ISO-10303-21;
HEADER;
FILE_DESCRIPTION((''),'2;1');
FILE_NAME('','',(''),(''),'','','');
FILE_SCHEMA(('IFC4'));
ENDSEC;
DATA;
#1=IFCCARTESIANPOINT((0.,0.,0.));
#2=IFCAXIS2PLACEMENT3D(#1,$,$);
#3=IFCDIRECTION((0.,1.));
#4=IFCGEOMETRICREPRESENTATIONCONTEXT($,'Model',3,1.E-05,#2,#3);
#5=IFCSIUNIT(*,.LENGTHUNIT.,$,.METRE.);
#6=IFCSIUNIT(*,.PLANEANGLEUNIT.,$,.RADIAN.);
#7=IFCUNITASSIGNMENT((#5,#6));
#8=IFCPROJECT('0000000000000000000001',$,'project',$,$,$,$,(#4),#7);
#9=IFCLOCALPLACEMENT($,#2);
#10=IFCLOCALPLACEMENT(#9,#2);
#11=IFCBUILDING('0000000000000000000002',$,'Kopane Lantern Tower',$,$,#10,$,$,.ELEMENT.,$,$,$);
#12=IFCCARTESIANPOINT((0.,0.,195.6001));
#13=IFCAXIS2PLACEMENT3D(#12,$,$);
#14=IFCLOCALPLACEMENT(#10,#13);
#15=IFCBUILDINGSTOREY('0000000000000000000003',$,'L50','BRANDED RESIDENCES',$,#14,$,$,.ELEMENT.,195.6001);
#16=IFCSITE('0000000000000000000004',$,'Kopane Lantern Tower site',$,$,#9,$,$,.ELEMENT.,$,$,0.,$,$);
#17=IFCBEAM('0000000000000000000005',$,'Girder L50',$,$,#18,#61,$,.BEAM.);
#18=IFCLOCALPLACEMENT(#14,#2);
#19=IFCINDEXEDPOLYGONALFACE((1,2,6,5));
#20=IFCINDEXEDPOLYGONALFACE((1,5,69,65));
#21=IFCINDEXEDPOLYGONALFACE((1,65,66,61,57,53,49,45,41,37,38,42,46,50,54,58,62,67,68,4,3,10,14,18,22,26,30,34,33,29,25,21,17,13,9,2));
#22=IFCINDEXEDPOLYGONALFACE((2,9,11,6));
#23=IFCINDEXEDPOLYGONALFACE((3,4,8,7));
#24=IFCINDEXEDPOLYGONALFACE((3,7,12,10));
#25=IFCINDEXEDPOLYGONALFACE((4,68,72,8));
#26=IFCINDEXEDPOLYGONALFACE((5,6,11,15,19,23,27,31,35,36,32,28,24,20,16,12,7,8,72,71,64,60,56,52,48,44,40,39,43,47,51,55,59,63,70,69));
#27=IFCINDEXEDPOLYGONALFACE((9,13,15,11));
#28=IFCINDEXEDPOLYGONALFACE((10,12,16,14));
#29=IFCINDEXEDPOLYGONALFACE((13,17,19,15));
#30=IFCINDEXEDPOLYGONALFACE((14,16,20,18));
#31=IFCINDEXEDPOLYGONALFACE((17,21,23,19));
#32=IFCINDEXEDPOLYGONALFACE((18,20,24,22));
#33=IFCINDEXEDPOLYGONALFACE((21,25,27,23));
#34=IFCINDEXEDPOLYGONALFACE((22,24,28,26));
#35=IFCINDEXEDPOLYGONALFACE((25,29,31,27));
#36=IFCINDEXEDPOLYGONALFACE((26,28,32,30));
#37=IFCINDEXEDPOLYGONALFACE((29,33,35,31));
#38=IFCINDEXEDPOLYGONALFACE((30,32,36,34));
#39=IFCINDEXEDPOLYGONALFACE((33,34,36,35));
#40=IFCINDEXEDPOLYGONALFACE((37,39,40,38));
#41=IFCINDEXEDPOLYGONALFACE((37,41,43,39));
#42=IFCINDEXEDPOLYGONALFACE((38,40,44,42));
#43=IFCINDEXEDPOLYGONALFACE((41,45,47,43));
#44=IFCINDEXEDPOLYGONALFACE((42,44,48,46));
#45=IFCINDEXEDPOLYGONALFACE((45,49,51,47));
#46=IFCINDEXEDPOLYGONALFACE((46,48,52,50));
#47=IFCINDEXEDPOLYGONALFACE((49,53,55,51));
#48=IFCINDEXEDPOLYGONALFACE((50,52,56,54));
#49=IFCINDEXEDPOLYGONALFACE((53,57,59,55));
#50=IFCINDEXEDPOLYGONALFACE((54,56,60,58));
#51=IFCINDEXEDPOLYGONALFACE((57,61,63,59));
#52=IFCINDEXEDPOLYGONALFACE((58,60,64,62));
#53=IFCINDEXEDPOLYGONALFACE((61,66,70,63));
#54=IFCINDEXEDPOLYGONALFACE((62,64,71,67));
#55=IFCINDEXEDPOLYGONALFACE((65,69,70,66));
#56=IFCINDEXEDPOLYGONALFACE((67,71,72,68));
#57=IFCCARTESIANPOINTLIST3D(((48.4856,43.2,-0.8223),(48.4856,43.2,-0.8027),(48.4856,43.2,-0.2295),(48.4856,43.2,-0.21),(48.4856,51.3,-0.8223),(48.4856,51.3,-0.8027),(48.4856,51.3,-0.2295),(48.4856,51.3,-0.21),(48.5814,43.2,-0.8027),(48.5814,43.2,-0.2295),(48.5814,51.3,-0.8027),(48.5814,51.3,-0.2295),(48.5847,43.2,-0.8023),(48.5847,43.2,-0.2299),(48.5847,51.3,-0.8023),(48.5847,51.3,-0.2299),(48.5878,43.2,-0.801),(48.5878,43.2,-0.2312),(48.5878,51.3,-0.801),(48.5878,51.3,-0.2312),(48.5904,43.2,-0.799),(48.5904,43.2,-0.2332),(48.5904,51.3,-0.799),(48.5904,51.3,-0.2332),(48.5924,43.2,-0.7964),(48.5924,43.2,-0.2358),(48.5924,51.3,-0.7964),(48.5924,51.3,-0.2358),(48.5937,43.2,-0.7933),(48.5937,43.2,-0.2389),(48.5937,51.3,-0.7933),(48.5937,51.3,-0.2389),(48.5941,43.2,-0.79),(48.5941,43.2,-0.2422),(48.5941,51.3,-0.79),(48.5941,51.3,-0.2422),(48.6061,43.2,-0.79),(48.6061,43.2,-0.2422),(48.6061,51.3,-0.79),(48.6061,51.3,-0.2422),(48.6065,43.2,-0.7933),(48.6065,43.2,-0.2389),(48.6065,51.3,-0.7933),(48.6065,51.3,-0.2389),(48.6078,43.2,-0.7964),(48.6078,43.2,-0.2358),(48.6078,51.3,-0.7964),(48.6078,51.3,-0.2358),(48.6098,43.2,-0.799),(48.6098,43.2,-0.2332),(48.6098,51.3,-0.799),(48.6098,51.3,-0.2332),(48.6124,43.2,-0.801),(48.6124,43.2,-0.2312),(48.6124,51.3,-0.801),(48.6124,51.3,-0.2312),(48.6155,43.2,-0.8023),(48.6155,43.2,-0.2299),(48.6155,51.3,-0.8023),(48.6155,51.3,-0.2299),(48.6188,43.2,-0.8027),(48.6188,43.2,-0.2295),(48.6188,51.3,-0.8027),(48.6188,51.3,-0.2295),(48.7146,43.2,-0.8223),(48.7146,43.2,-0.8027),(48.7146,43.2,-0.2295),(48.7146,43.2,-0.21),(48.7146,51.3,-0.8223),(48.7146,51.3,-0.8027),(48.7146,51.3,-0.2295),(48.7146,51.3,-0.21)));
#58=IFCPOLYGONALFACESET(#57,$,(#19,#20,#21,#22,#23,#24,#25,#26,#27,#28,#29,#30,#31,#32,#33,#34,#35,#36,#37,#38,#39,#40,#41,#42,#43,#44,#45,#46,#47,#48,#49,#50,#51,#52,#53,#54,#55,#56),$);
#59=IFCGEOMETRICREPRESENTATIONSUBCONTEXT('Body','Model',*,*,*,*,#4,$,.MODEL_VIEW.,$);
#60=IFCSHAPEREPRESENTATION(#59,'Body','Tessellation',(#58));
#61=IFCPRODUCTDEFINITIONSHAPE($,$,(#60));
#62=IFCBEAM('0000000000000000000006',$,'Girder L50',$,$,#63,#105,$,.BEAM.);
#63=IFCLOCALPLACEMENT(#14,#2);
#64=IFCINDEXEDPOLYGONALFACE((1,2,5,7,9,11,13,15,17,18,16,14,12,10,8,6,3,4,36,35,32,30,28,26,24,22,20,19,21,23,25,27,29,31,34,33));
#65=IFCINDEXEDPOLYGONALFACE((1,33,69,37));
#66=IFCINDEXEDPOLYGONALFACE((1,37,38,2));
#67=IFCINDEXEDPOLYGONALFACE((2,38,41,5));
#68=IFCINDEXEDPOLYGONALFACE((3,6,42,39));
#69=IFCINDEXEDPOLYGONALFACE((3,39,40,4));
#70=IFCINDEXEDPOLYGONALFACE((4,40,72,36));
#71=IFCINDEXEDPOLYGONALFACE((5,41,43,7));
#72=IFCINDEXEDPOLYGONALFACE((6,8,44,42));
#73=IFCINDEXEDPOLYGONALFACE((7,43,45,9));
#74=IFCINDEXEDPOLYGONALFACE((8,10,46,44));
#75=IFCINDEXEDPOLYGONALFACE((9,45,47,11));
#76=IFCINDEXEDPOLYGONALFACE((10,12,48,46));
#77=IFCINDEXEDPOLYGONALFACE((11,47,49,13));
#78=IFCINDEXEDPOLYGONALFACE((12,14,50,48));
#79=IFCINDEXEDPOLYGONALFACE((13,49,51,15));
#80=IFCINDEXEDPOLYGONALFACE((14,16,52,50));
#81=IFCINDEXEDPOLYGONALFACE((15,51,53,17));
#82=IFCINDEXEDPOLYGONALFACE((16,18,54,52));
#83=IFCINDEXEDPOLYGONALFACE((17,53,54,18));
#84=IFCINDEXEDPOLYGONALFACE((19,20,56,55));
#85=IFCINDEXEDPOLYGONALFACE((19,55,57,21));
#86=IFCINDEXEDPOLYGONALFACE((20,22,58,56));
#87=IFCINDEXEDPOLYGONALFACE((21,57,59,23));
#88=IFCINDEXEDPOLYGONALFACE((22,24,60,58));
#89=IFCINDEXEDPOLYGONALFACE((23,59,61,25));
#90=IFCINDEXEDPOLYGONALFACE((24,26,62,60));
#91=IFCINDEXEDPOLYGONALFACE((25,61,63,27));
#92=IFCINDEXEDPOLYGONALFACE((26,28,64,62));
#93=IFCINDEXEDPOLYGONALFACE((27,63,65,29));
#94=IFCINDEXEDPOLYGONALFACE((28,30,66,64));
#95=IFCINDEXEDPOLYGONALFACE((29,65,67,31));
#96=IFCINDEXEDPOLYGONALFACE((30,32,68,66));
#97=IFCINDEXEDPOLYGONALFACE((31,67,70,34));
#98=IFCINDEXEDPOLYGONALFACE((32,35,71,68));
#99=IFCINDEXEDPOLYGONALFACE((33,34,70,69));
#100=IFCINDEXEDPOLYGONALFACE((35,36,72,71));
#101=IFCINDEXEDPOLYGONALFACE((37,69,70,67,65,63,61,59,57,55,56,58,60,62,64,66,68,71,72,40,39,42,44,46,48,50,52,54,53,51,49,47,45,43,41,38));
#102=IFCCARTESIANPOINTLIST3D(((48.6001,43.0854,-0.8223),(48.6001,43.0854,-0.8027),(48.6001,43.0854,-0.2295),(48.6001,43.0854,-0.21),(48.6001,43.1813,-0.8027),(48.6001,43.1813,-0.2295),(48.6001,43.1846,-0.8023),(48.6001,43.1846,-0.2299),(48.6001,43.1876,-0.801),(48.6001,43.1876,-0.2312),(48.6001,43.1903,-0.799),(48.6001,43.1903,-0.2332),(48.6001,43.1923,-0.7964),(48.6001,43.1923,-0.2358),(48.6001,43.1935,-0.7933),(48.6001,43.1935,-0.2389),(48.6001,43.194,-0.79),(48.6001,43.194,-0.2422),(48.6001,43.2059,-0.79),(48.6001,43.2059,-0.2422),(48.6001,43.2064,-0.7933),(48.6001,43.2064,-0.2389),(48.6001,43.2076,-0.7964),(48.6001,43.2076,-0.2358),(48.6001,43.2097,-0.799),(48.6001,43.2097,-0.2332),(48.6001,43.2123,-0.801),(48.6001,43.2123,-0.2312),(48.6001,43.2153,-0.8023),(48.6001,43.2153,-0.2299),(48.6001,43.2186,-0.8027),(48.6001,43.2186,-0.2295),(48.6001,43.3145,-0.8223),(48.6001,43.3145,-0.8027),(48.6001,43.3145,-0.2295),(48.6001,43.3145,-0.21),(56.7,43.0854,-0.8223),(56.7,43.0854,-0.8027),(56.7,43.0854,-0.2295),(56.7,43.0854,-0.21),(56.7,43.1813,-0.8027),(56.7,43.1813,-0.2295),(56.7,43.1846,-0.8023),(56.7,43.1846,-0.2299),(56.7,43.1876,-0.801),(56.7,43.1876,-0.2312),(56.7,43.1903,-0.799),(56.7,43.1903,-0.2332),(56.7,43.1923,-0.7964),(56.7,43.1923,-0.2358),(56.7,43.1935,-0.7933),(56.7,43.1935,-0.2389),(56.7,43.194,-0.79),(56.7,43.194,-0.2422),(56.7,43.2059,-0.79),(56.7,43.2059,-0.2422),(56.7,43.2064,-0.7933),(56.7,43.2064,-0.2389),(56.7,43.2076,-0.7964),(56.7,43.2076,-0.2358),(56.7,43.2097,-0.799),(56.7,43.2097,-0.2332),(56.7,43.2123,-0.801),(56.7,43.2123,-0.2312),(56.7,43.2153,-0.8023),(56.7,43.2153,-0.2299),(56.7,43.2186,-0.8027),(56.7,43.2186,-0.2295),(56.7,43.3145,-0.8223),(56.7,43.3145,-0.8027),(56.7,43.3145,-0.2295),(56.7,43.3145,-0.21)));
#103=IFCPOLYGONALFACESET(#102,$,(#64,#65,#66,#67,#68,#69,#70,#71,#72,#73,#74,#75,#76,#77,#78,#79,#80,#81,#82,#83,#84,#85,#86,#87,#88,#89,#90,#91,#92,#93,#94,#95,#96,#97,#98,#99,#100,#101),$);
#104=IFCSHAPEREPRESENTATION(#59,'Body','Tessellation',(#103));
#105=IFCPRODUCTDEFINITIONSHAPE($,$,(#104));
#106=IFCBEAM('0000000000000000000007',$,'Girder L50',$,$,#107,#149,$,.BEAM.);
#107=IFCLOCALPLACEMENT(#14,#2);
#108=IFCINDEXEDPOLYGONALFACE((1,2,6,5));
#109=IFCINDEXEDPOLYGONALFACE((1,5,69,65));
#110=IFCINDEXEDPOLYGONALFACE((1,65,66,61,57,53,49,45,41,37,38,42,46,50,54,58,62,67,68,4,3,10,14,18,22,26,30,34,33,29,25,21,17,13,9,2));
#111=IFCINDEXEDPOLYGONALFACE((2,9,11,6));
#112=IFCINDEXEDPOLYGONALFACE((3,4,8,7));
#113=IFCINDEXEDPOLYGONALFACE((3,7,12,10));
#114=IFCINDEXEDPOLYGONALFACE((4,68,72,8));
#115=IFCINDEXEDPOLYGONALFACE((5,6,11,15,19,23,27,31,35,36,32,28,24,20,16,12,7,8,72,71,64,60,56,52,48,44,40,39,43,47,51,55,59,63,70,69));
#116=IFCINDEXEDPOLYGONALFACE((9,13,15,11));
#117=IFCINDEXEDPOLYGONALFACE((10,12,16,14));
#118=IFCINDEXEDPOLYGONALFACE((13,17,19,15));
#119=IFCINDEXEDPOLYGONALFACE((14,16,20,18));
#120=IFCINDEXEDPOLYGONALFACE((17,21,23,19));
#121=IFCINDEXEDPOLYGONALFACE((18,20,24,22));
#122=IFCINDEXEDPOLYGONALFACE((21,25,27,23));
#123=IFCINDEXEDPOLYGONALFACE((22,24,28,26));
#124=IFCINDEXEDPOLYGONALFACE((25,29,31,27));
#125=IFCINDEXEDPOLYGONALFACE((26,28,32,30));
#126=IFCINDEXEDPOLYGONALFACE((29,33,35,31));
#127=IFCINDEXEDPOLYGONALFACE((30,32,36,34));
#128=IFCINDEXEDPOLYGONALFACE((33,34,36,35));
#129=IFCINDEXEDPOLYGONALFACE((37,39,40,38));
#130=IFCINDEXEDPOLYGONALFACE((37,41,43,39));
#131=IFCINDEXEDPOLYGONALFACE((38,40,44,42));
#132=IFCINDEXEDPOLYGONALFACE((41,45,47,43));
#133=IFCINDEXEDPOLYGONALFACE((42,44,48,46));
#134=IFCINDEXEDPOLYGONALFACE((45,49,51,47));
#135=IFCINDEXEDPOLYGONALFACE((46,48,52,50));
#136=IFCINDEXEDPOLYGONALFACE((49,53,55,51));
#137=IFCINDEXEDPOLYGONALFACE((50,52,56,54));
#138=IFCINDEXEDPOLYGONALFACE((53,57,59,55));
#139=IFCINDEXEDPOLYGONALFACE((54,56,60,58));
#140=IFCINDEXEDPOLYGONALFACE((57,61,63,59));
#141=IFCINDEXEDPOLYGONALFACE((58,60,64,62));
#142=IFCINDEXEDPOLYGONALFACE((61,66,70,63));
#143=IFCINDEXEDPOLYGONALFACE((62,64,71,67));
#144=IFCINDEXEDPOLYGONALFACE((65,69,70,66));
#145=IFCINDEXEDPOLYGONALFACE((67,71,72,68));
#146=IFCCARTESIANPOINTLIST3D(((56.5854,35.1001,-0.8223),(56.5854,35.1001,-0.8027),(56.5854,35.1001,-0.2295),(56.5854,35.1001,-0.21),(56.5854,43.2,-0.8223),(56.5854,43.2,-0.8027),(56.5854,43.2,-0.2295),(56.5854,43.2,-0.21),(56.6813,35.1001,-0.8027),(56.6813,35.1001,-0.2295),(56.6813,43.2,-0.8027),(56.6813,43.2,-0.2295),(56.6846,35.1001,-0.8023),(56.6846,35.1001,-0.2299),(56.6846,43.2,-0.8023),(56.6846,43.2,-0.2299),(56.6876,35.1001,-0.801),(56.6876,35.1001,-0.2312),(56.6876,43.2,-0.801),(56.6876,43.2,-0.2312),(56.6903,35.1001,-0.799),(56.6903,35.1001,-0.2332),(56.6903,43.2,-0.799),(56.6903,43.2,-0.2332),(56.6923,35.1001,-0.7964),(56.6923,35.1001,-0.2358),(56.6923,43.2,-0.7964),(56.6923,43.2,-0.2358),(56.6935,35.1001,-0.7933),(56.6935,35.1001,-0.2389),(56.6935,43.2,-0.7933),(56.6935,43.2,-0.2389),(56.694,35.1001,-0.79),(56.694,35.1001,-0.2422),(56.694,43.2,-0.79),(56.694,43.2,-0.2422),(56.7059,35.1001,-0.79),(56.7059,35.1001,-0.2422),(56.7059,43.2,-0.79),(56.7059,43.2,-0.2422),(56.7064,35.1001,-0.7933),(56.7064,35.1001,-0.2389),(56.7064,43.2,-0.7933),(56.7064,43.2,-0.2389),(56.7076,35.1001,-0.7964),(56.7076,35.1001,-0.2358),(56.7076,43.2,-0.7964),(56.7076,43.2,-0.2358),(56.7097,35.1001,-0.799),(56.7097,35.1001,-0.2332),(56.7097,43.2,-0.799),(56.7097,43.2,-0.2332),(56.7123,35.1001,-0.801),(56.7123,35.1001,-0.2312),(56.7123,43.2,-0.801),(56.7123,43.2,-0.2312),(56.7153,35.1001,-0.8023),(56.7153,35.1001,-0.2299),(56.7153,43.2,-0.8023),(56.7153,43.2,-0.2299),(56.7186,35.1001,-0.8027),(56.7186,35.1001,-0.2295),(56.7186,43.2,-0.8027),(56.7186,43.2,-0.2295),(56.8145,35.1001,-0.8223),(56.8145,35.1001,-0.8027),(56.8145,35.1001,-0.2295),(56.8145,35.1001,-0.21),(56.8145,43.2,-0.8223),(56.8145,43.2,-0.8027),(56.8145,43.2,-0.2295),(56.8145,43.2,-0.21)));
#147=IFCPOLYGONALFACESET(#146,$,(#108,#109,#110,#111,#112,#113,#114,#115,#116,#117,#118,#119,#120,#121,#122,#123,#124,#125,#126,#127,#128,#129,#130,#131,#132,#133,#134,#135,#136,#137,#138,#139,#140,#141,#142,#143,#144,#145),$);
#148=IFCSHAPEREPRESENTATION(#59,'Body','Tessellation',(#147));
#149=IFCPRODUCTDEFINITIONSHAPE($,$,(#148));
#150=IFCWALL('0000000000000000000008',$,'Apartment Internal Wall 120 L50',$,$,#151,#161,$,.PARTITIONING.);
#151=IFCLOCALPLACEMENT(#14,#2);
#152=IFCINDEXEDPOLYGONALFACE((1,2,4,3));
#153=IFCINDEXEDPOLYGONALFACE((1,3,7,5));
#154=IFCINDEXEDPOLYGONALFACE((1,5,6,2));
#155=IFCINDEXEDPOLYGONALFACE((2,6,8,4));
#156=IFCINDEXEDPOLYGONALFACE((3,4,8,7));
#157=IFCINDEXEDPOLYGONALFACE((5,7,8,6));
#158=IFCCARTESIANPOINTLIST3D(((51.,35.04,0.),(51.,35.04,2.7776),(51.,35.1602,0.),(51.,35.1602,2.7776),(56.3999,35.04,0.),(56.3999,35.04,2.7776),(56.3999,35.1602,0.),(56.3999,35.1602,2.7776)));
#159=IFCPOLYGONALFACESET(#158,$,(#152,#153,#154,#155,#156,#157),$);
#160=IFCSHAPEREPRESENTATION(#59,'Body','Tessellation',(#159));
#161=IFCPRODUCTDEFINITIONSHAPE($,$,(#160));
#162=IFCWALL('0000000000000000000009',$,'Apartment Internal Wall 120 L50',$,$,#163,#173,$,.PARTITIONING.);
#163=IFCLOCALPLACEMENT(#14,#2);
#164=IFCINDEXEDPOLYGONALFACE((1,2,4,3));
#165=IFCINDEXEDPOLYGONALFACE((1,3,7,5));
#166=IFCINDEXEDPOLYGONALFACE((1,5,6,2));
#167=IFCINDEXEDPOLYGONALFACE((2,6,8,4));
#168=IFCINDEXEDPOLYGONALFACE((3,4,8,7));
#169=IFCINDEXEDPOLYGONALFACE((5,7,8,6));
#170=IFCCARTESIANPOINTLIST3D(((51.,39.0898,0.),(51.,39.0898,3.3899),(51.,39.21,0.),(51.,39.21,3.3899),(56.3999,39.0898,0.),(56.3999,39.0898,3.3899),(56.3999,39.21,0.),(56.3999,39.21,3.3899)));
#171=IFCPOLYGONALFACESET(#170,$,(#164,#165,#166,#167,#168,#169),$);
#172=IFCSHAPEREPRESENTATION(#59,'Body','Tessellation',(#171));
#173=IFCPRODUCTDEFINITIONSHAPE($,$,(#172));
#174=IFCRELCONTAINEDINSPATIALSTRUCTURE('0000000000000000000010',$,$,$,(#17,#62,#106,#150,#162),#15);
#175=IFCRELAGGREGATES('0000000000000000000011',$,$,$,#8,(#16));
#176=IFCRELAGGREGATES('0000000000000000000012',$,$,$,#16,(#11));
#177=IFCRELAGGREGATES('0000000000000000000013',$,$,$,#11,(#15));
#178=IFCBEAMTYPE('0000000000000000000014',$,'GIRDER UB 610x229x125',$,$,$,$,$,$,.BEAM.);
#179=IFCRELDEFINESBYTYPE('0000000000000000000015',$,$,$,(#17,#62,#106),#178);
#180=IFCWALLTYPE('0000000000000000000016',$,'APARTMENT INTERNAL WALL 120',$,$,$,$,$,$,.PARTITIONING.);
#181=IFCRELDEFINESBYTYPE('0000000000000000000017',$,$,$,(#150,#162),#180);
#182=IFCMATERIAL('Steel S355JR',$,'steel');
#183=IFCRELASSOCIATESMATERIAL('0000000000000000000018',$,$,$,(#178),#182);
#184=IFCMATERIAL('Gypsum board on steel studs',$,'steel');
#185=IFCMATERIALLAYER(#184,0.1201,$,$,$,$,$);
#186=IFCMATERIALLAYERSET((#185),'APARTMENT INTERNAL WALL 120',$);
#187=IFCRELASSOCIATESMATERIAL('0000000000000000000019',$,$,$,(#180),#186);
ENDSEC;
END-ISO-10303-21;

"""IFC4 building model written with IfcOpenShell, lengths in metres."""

from ifc_helpers import new_model, si_unit, direction, frame, frame_2d, origin, origin_2d, place, context, subcontext, project, spatial, rectangle, i_section, extrude, material, layer, layer_set, material_profile, profile_set, type_object, element, save


model = new_model("IFC4")

# Units and contexts
model_context = context("Model", 3, precision=1e-05, world=origin(), true_north=direction((0.0, 1.0)))
body_context = subcontext(model_context, "Body", "Model", "MODEL_VIEW")
ifc_project = project(units=[si_unit("LENGTHUNIT", "METRE"), si_unit("PLANEANGLEUNIT", "RADIAN")], contexts=[model_context])

# Site, building, storey
site_placement = place(None, origin())
site = spatial("IfcSite", under=ifc_project, at=site_placement, Name="Kopane Lantern Tower site", CompositionType="ELEMENT", RefElevation=0.0)
building_placement = place(site_placement, origin())
building = spatial("IfcBuilding", under=site, at=building_placement, Name="Kopane Lantern Tower", CompositionType="ELEMENT")
storey_placement = place(building_placement, frame((0.0, 0.0, 195.6001)))
storey = spatial("IfcBuildingStorey", under=building, at=storey_placement, Name="L50", Description="BRANDED RESIDENCES", CompositionType="ELEMENT", Elevation=195.6001)

# Beams
ifc_material_1 = material(Name="Steel S355JR", Category="steel")
ifc_material_profile_1 = material_profile(ifc_material_1, i_section(OverallWidth=0.229, OverallDepth=0.6123, WebThickness=0.012, FlangeThickness=0.0195, FilletRadius=0.0127, at=origin_2d()), Name="UB 610x229x125")
ifc_profile_set_1 = profile_set([ifc_material_profile_1], Name="Steel S355JR")
beam_type = type_object("IfcBeamType", Name="GIRDER UB 610x229x125", PredefinedType="BEAM", material=ifc_profile_set_1)
beam_placement = place(storey_placement, frame((48.6001, 43.2, -0.5161), z_axis=(0.0, 1.0, 0.0), x_axis=(-1.0, 0.0, 0.0)))
element("IfcBeam", 1, at=beam_placement, inside=storey, type_object=beam_type, Name="Girder L50", PredefinedType="BEAM", context=body_context, shape_type="SweptSolid", body=[
    extrude(i_section(OverallWidth=0.229, OverallDepth=0.6123, WebThickness=0.012, FlangeThickness=0.0195, FilletRadius=0.0127, at=origin_2d()), origin(), (0.0, 0.0, 1.0), 8.1001),
])
for number, where, z_axis, x_axis, name in (
    (2, (48.6001, 43.2, -0.5161), (1.0, 0.0, 0.0), (0.0, 1.0, 0.0), "Girder L50"),
    (3, (56.7, 35.1001, -0.5161), (0.0, 1.0, 0.0), (-1.0, 0.0, 0.0), "Girder L50"),
):
    element("IfcBeam", number, at=place(storey_placement, frame(where, z_axis=z_axis, x_axis=x_axis)), inside=storey, type_object=beam_type, Name=name, PredefinedType="BEAM", context=body_context, shape_type="SweptSolid", body=[
        extrude(i_section(OverallWidth=0.229, OverallDepth=0.6123, WebThickness=0.012, FlangeThickness=0.0195, FilletRadius=0.0127, at=origin_2d()), origin(), (0.0, 0.0, 1.0), 8.0999),
    ])

# Walls
ifc_material_2 = material(Name="Gypsum board on steel studs", Category="steel")
ifc_layer_1 = layer(ifc_material_2, 0.1201)
ifc_layer_set_1 = layer_set([ifc_layer_1], Name="APARTMENT INTERNAL WALL 120")
wall_type_1 = type_object("IfcWallType", Name="APARTMENT INTERNAL WALL 120", PredefinedType="PARTITIONING", material=ifc_layer_set_1)
wall_1_placement = place(storey_placement, frame((51.0, 35.1001, 0.0), z_axis=(0.0, 0.0, 1.0), x_axis=(1.0, 0.0, 0.0)))
element("IfcWall", 4, at=wall_1_placement, inside=storey, type_object=wall_type_1, Name="Apartment Internal Wall 120 L50", PredefinedType="PARTITIONING", context=body_context, shape_type="SweptSolid", body=[
    extrude(rectangle(XDim=5.3999, YDim=0.1201, at=frame_2d((2.7, 0.0))), origin(), (0.0, 0.0, 1.0), 2.7776),
])
wall_2_placement = place(storey_placement, frame((51.0, 39.1499, 0.0), z_axis=(0.0, 0.0, 1.0), x_axis=(1.0, 0.0, 0.0)))
element("IfcWall", 5, at=wall_2_placement, inside=storey, type_object=wall_type_1, Name="Apartment Internal Wall 120 L50", PredefinedType="PARTITIONING", context=body_context, shape_type="SweptSolid", body=[
    extrude(rectangle(XDim=5.3999, YDim=0.1201, at=frame_2d((2.7, 0.0))), origin(), (0.0, 0.0, 1.0), 3.3899),
])

save(model, "model.ifc")
